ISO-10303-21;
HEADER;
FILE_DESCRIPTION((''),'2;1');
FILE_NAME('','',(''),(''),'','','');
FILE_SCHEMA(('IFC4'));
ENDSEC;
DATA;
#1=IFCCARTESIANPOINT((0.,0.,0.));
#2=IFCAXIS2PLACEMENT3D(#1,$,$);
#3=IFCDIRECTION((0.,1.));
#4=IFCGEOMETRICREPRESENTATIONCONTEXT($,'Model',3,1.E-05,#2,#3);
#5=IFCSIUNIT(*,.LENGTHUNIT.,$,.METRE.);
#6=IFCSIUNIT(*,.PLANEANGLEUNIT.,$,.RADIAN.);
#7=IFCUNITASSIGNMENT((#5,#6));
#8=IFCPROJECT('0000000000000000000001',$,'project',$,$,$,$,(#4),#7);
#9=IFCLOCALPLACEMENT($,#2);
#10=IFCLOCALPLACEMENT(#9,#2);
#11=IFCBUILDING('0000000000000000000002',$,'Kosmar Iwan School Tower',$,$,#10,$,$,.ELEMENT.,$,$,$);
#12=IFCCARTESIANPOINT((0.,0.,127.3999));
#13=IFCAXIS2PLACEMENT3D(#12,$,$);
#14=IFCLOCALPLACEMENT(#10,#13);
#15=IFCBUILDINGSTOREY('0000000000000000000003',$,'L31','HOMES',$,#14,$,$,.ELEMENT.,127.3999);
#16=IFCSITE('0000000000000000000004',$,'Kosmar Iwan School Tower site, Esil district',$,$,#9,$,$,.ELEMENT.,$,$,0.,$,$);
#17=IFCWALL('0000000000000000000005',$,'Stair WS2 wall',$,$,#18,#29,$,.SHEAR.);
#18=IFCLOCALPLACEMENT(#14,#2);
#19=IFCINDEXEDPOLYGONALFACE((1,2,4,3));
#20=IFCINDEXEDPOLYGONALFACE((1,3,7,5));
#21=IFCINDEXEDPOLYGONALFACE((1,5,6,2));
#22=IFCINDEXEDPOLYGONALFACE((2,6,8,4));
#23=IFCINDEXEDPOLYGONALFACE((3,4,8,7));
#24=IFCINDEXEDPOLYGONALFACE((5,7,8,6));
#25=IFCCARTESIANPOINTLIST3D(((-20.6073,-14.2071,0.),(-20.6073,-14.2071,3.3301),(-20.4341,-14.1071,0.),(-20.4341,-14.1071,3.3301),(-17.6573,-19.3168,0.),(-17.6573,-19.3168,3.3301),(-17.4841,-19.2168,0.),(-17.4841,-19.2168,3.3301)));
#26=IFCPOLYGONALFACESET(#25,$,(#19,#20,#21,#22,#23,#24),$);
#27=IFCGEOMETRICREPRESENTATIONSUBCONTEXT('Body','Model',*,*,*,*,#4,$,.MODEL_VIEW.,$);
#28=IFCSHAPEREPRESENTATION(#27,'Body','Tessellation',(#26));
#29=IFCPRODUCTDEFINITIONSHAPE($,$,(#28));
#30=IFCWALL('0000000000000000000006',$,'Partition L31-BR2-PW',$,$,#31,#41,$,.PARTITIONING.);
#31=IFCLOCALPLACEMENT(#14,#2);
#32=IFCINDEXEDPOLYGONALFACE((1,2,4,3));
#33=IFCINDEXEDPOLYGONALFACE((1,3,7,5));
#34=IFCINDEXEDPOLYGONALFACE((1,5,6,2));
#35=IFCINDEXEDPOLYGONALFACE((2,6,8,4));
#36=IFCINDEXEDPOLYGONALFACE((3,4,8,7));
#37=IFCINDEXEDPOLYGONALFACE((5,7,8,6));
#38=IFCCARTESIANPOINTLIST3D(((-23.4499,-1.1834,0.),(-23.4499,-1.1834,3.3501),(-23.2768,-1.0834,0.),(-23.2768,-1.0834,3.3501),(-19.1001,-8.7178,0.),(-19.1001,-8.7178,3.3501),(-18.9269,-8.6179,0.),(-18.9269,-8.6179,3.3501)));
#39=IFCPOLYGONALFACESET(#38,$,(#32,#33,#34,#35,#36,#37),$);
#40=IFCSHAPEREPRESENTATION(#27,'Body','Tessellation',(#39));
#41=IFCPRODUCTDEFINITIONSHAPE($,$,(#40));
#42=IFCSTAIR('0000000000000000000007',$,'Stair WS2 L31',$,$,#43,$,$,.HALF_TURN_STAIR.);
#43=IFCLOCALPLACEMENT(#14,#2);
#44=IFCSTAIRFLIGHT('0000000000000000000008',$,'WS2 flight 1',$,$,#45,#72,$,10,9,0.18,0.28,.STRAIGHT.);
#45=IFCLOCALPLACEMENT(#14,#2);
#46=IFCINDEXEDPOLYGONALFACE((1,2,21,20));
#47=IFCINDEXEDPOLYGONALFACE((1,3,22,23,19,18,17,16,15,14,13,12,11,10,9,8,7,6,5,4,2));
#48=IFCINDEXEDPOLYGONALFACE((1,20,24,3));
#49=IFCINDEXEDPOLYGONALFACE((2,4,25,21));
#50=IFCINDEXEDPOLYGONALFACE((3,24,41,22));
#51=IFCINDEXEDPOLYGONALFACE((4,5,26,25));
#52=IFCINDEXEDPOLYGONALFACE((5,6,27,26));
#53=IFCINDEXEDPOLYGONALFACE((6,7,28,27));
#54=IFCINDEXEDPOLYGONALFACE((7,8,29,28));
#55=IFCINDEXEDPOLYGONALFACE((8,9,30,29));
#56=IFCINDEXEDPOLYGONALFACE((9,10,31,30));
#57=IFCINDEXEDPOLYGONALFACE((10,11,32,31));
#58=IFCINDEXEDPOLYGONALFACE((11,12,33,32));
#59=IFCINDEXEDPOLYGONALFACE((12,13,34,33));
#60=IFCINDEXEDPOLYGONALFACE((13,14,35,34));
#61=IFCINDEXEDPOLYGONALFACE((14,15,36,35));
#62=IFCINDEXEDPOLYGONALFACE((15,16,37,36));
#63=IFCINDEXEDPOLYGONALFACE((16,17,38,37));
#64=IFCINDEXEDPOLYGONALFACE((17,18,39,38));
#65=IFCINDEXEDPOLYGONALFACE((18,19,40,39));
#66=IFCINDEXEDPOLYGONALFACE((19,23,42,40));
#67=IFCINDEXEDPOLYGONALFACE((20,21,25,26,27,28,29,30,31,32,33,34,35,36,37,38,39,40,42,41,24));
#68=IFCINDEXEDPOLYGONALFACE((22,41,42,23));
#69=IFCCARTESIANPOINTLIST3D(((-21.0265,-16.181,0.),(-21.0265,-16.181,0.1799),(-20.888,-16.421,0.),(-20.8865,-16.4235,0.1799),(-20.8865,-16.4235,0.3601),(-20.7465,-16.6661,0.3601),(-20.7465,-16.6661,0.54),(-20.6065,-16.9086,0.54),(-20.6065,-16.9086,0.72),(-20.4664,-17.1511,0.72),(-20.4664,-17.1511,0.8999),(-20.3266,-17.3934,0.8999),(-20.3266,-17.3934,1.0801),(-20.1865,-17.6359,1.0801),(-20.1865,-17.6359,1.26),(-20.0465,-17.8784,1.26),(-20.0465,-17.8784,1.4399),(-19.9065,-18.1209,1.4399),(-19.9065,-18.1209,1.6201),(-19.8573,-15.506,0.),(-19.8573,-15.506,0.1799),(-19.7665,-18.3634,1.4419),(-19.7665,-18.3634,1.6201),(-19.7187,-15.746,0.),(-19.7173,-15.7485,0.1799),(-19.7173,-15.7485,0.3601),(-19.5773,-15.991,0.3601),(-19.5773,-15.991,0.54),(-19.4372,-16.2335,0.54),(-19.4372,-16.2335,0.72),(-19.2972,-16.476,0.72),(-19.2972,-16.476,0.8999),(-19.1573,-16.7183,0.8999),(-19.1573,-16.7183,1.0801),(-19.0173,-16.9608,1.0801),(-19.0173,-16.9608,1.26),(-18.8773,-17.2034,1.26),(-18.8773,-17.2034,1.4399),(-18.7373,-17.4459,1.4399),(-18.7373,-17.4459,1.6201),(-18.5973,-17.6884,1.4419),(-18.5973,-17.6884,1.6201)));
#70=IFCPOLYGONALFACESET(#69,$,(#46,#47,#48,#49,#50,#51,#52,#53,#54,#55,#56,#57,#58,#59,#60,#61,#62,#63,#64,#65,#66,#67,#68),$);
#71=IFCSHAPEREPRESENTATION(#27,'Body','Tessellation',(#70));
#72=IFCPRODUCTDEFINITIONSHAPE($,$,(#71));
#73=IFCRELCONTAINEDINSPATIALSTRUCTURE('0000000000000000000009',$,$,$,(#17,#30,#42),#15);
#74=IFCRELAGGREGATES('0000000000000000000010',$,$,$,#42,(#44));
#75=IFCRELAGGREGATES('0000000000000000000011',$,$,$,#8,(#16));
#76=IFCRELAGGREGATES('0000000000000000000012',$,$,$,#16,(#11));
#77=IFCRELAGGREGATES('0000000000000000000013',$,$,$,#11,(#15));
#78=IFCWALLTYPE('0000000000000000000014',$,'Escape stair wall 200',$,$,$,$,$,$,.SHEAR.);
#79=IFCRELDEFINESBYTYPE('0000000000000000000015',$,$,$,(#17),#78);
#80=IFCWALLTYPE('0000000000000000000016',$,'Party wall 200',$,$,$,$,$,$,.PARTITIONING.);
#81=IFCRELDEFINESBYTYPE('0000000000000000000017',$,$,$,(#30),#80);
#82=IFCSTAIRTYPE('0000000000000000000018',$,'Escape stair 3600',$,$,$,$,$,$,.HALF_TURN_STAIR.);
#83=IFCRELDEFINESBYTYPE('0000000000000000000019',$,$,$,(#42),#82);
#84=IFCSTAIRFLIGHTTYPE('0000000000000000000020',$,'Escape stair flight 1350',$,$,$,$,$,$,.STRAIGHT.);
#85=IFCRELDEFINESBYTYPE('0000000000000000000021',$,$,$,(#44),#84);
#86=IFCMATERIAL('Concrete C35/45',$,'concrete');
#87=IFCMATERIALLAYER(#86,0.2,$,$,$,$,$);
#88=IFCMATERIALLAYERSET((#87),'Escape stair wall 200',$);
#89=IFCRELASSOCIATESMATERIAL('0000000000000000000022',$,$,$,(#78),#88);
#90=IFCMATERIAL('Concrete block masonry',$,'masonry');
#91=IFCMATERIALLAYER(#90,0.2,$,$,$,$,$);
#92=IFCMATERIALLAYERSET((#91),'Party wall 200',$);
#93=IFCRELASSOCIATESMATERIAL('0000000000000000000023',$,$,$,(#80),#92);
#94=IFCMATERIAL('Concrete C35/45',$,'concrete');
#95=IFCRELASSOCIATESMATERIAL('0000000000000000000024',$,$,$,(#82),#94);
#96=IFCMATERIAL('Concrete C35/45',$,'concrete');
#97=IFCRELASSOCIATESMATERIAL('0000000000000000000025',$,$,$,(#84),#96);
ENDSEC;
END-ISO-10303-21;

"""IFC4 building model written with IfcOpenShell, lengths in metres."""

from ifc_helpers import new_model, si_unit, direction, frame, frame_2d, origin, place, context, subcontext, project, spatial, polyline, rectangle, outline, extrude, material, layer, layer_set, type_object, element, aggregate, save


model = new_model("IFC4")

# Units and contexts
model_context = context("Model", 3, precision=1e-05, world=origin(), true_north=direction((0.0, 1.0)))
body_context = subcontext(model_context, "Body", "Model", "MODEL_VIEW")
ifc_project = project(units=[si_unit("LENGTHUNIT", "METRE"), si_unit("PLANEANGLEUNIT", "RADIAN")], contexts=[model_context])

# Site, building, storey
site_placement = place(None, origin())
site = spatial("IfcSite", under=ifc_project, at=site_placement, Name="Kosmar Iwan School Tower site, Esil district", CompositionType="ELEMENT", RefElevation=0.0)
building_placement = place(site_placement, origin())
building = spatial("IfcBuilding", under=site, at=building_placement, Name="Kosmar Iwan School Tower", CompositionType="ELEMENT")
storey_placement = place(building_placement, frame((0.0, 0.0, 127.3999)))
storey = spatial("IfcBuildingStorey", under=building, at=storey_placement, Name="L31", Description="HOMES", CompositionType="ELEMENT", Elevation=127.3999)

# Walls
ifc_material_1 = material(Name="Concrete C35/45", Category="concrete")
ifc_layer_1 = layer(ifc_material_1, 0.2)
ifc_layer_set_1 = layer_set([ifc_layer_1], Name="Escape stair wall 200")
wall_type_1 = type_object("IfcWallType", Name="Escape stair wall 200", PredefinedType="SHEAR", material=ifc_layer_set_1)
wall_1_placement = place(storey_placement, frame((-20.5208, -14.157, 0.0), z_axis=(0.0, 0.0, 1.0), x_axis=(0.499989, -0.866032, 0.0)))
element("IfcWall", 1, at=wall_1_placement, inside=storey, type_object=wall_type_1, Name="Stair WS2 wall", PredefinedType="SHEAR", context=body_context, shape_type="SweptSolid", body=[
    extrude(rectangle(XDim=5.9001, YDim=0.2, at=frame_2d((2.9502, 0.0))), origin(), (0.0, 0.0, 1.0), 3.3301),
])
ifc_material_2 = material(Name="Concrete block masonry", Category="masonry")
ifc_layer_2 = layer(ifc_material_2, 0.2)
ifc_layer_set_2 = layer_set([ifc_layer_2], Name="Party wall 200")
wall_type_2 = type_object("IfcWallType", Name="Party wall 200", PredefinedType="PARTITIONING", material=ifc_layer_set_2)
wall_2_placement = place(storey_placement, frame((-19.0134, -8.668, 0.0), z_axis=(0.0, 0.0, 1.0), x_axis=(-0.499987, 0.866033, 0.0)))
element("IfcWall", 2, at=wall_2_placement, inside=storey, type_object=wall_type_2, Name="Partition L31-BR2-PW", PredefinedType="PARTITIONING", context=body_context, shape_type="SweptSolid", body=[
    extrude(rectangle(XDim=8.7, YDim=0.2, at=frame_2d((4.3501, 0.0))), origin(), (0.0, 0.0, 1.0), 3.3501),
])

# Stair, stair flight
ifc_material_3 = material(Name="Concrete C35/45", Category="concrete")
stair_type = type_object("IfcStairType", Name="Escape stair 3600", PredefinedType="HALF_TURN_STAIR", material=ifc_material_3)
stair_placement = place(storey_placement, origin())
stair = element("IfcStair", 3, at=stair_placement, inside=storey, type_object=stair_type, Name="Stair WS2 L31", PredefinedType="HALF_TURN_STAIR")
ifc_material_4 = material(Name="Concrete C35/45", Category="concrete")
stair_flight_type = type_object("IfcStairFlightType", Name="Escape stair flight 1350", PredefinedType="STRAIGHT", material=ifc_material_4)
stair_flight_placement = place(storey_placement, frame((-20.4419, -15.8435, 0.0), z_axis=(0.0, 0.0, 1.0), x_axis=(0.5, -0.866025, 0.0)))
stair_flight = element("IfcStairFlight", 4, at=stair_flight_placement, type_object=stair_flight_type, Name="WS2 flight 1", NumberOfRisers=10, NumberOfTreads=9, PredefinedType="STRAIGHT", RiserHeight=0.18, TreadLength=0.28, context=body_context, shape_type="SweptSolid", body=[
    extrude(outline(polyline([(0.0, 0.0), (0.0, 0.1799), (0.28, 0.1799), (0.28, 0.3601), (0.5601, 0.3601), (0.5601, 0.54), (0.8401, 0.54), (0.8401, 0.72), (1.1201, 0.72), (1.1201, 0.8999), (1.3999, 0.8999), (1.3999, 1.0801), (1.6799, 1.0801), (1.6799, 1.26), (1.96, 1.26), (1.96, 1.4399), (2.24, 1.4399), (2.24, 1.6201), (2.52, 1.6201), (2.52, 1.8), (2.52, 1.4419), (0.2771, 0.0), (0.0, 0.0)])), frame((0.0, 0.675, 0.0), z_axis=(0.0, -1.0, 0.0), x_axis=(1.0, 0.0, 0.0)), (0.0, 0.0, 1.0), 1.3501),
])
aggregate(stair, [stair_flight])

save(model, "model.ifc")
